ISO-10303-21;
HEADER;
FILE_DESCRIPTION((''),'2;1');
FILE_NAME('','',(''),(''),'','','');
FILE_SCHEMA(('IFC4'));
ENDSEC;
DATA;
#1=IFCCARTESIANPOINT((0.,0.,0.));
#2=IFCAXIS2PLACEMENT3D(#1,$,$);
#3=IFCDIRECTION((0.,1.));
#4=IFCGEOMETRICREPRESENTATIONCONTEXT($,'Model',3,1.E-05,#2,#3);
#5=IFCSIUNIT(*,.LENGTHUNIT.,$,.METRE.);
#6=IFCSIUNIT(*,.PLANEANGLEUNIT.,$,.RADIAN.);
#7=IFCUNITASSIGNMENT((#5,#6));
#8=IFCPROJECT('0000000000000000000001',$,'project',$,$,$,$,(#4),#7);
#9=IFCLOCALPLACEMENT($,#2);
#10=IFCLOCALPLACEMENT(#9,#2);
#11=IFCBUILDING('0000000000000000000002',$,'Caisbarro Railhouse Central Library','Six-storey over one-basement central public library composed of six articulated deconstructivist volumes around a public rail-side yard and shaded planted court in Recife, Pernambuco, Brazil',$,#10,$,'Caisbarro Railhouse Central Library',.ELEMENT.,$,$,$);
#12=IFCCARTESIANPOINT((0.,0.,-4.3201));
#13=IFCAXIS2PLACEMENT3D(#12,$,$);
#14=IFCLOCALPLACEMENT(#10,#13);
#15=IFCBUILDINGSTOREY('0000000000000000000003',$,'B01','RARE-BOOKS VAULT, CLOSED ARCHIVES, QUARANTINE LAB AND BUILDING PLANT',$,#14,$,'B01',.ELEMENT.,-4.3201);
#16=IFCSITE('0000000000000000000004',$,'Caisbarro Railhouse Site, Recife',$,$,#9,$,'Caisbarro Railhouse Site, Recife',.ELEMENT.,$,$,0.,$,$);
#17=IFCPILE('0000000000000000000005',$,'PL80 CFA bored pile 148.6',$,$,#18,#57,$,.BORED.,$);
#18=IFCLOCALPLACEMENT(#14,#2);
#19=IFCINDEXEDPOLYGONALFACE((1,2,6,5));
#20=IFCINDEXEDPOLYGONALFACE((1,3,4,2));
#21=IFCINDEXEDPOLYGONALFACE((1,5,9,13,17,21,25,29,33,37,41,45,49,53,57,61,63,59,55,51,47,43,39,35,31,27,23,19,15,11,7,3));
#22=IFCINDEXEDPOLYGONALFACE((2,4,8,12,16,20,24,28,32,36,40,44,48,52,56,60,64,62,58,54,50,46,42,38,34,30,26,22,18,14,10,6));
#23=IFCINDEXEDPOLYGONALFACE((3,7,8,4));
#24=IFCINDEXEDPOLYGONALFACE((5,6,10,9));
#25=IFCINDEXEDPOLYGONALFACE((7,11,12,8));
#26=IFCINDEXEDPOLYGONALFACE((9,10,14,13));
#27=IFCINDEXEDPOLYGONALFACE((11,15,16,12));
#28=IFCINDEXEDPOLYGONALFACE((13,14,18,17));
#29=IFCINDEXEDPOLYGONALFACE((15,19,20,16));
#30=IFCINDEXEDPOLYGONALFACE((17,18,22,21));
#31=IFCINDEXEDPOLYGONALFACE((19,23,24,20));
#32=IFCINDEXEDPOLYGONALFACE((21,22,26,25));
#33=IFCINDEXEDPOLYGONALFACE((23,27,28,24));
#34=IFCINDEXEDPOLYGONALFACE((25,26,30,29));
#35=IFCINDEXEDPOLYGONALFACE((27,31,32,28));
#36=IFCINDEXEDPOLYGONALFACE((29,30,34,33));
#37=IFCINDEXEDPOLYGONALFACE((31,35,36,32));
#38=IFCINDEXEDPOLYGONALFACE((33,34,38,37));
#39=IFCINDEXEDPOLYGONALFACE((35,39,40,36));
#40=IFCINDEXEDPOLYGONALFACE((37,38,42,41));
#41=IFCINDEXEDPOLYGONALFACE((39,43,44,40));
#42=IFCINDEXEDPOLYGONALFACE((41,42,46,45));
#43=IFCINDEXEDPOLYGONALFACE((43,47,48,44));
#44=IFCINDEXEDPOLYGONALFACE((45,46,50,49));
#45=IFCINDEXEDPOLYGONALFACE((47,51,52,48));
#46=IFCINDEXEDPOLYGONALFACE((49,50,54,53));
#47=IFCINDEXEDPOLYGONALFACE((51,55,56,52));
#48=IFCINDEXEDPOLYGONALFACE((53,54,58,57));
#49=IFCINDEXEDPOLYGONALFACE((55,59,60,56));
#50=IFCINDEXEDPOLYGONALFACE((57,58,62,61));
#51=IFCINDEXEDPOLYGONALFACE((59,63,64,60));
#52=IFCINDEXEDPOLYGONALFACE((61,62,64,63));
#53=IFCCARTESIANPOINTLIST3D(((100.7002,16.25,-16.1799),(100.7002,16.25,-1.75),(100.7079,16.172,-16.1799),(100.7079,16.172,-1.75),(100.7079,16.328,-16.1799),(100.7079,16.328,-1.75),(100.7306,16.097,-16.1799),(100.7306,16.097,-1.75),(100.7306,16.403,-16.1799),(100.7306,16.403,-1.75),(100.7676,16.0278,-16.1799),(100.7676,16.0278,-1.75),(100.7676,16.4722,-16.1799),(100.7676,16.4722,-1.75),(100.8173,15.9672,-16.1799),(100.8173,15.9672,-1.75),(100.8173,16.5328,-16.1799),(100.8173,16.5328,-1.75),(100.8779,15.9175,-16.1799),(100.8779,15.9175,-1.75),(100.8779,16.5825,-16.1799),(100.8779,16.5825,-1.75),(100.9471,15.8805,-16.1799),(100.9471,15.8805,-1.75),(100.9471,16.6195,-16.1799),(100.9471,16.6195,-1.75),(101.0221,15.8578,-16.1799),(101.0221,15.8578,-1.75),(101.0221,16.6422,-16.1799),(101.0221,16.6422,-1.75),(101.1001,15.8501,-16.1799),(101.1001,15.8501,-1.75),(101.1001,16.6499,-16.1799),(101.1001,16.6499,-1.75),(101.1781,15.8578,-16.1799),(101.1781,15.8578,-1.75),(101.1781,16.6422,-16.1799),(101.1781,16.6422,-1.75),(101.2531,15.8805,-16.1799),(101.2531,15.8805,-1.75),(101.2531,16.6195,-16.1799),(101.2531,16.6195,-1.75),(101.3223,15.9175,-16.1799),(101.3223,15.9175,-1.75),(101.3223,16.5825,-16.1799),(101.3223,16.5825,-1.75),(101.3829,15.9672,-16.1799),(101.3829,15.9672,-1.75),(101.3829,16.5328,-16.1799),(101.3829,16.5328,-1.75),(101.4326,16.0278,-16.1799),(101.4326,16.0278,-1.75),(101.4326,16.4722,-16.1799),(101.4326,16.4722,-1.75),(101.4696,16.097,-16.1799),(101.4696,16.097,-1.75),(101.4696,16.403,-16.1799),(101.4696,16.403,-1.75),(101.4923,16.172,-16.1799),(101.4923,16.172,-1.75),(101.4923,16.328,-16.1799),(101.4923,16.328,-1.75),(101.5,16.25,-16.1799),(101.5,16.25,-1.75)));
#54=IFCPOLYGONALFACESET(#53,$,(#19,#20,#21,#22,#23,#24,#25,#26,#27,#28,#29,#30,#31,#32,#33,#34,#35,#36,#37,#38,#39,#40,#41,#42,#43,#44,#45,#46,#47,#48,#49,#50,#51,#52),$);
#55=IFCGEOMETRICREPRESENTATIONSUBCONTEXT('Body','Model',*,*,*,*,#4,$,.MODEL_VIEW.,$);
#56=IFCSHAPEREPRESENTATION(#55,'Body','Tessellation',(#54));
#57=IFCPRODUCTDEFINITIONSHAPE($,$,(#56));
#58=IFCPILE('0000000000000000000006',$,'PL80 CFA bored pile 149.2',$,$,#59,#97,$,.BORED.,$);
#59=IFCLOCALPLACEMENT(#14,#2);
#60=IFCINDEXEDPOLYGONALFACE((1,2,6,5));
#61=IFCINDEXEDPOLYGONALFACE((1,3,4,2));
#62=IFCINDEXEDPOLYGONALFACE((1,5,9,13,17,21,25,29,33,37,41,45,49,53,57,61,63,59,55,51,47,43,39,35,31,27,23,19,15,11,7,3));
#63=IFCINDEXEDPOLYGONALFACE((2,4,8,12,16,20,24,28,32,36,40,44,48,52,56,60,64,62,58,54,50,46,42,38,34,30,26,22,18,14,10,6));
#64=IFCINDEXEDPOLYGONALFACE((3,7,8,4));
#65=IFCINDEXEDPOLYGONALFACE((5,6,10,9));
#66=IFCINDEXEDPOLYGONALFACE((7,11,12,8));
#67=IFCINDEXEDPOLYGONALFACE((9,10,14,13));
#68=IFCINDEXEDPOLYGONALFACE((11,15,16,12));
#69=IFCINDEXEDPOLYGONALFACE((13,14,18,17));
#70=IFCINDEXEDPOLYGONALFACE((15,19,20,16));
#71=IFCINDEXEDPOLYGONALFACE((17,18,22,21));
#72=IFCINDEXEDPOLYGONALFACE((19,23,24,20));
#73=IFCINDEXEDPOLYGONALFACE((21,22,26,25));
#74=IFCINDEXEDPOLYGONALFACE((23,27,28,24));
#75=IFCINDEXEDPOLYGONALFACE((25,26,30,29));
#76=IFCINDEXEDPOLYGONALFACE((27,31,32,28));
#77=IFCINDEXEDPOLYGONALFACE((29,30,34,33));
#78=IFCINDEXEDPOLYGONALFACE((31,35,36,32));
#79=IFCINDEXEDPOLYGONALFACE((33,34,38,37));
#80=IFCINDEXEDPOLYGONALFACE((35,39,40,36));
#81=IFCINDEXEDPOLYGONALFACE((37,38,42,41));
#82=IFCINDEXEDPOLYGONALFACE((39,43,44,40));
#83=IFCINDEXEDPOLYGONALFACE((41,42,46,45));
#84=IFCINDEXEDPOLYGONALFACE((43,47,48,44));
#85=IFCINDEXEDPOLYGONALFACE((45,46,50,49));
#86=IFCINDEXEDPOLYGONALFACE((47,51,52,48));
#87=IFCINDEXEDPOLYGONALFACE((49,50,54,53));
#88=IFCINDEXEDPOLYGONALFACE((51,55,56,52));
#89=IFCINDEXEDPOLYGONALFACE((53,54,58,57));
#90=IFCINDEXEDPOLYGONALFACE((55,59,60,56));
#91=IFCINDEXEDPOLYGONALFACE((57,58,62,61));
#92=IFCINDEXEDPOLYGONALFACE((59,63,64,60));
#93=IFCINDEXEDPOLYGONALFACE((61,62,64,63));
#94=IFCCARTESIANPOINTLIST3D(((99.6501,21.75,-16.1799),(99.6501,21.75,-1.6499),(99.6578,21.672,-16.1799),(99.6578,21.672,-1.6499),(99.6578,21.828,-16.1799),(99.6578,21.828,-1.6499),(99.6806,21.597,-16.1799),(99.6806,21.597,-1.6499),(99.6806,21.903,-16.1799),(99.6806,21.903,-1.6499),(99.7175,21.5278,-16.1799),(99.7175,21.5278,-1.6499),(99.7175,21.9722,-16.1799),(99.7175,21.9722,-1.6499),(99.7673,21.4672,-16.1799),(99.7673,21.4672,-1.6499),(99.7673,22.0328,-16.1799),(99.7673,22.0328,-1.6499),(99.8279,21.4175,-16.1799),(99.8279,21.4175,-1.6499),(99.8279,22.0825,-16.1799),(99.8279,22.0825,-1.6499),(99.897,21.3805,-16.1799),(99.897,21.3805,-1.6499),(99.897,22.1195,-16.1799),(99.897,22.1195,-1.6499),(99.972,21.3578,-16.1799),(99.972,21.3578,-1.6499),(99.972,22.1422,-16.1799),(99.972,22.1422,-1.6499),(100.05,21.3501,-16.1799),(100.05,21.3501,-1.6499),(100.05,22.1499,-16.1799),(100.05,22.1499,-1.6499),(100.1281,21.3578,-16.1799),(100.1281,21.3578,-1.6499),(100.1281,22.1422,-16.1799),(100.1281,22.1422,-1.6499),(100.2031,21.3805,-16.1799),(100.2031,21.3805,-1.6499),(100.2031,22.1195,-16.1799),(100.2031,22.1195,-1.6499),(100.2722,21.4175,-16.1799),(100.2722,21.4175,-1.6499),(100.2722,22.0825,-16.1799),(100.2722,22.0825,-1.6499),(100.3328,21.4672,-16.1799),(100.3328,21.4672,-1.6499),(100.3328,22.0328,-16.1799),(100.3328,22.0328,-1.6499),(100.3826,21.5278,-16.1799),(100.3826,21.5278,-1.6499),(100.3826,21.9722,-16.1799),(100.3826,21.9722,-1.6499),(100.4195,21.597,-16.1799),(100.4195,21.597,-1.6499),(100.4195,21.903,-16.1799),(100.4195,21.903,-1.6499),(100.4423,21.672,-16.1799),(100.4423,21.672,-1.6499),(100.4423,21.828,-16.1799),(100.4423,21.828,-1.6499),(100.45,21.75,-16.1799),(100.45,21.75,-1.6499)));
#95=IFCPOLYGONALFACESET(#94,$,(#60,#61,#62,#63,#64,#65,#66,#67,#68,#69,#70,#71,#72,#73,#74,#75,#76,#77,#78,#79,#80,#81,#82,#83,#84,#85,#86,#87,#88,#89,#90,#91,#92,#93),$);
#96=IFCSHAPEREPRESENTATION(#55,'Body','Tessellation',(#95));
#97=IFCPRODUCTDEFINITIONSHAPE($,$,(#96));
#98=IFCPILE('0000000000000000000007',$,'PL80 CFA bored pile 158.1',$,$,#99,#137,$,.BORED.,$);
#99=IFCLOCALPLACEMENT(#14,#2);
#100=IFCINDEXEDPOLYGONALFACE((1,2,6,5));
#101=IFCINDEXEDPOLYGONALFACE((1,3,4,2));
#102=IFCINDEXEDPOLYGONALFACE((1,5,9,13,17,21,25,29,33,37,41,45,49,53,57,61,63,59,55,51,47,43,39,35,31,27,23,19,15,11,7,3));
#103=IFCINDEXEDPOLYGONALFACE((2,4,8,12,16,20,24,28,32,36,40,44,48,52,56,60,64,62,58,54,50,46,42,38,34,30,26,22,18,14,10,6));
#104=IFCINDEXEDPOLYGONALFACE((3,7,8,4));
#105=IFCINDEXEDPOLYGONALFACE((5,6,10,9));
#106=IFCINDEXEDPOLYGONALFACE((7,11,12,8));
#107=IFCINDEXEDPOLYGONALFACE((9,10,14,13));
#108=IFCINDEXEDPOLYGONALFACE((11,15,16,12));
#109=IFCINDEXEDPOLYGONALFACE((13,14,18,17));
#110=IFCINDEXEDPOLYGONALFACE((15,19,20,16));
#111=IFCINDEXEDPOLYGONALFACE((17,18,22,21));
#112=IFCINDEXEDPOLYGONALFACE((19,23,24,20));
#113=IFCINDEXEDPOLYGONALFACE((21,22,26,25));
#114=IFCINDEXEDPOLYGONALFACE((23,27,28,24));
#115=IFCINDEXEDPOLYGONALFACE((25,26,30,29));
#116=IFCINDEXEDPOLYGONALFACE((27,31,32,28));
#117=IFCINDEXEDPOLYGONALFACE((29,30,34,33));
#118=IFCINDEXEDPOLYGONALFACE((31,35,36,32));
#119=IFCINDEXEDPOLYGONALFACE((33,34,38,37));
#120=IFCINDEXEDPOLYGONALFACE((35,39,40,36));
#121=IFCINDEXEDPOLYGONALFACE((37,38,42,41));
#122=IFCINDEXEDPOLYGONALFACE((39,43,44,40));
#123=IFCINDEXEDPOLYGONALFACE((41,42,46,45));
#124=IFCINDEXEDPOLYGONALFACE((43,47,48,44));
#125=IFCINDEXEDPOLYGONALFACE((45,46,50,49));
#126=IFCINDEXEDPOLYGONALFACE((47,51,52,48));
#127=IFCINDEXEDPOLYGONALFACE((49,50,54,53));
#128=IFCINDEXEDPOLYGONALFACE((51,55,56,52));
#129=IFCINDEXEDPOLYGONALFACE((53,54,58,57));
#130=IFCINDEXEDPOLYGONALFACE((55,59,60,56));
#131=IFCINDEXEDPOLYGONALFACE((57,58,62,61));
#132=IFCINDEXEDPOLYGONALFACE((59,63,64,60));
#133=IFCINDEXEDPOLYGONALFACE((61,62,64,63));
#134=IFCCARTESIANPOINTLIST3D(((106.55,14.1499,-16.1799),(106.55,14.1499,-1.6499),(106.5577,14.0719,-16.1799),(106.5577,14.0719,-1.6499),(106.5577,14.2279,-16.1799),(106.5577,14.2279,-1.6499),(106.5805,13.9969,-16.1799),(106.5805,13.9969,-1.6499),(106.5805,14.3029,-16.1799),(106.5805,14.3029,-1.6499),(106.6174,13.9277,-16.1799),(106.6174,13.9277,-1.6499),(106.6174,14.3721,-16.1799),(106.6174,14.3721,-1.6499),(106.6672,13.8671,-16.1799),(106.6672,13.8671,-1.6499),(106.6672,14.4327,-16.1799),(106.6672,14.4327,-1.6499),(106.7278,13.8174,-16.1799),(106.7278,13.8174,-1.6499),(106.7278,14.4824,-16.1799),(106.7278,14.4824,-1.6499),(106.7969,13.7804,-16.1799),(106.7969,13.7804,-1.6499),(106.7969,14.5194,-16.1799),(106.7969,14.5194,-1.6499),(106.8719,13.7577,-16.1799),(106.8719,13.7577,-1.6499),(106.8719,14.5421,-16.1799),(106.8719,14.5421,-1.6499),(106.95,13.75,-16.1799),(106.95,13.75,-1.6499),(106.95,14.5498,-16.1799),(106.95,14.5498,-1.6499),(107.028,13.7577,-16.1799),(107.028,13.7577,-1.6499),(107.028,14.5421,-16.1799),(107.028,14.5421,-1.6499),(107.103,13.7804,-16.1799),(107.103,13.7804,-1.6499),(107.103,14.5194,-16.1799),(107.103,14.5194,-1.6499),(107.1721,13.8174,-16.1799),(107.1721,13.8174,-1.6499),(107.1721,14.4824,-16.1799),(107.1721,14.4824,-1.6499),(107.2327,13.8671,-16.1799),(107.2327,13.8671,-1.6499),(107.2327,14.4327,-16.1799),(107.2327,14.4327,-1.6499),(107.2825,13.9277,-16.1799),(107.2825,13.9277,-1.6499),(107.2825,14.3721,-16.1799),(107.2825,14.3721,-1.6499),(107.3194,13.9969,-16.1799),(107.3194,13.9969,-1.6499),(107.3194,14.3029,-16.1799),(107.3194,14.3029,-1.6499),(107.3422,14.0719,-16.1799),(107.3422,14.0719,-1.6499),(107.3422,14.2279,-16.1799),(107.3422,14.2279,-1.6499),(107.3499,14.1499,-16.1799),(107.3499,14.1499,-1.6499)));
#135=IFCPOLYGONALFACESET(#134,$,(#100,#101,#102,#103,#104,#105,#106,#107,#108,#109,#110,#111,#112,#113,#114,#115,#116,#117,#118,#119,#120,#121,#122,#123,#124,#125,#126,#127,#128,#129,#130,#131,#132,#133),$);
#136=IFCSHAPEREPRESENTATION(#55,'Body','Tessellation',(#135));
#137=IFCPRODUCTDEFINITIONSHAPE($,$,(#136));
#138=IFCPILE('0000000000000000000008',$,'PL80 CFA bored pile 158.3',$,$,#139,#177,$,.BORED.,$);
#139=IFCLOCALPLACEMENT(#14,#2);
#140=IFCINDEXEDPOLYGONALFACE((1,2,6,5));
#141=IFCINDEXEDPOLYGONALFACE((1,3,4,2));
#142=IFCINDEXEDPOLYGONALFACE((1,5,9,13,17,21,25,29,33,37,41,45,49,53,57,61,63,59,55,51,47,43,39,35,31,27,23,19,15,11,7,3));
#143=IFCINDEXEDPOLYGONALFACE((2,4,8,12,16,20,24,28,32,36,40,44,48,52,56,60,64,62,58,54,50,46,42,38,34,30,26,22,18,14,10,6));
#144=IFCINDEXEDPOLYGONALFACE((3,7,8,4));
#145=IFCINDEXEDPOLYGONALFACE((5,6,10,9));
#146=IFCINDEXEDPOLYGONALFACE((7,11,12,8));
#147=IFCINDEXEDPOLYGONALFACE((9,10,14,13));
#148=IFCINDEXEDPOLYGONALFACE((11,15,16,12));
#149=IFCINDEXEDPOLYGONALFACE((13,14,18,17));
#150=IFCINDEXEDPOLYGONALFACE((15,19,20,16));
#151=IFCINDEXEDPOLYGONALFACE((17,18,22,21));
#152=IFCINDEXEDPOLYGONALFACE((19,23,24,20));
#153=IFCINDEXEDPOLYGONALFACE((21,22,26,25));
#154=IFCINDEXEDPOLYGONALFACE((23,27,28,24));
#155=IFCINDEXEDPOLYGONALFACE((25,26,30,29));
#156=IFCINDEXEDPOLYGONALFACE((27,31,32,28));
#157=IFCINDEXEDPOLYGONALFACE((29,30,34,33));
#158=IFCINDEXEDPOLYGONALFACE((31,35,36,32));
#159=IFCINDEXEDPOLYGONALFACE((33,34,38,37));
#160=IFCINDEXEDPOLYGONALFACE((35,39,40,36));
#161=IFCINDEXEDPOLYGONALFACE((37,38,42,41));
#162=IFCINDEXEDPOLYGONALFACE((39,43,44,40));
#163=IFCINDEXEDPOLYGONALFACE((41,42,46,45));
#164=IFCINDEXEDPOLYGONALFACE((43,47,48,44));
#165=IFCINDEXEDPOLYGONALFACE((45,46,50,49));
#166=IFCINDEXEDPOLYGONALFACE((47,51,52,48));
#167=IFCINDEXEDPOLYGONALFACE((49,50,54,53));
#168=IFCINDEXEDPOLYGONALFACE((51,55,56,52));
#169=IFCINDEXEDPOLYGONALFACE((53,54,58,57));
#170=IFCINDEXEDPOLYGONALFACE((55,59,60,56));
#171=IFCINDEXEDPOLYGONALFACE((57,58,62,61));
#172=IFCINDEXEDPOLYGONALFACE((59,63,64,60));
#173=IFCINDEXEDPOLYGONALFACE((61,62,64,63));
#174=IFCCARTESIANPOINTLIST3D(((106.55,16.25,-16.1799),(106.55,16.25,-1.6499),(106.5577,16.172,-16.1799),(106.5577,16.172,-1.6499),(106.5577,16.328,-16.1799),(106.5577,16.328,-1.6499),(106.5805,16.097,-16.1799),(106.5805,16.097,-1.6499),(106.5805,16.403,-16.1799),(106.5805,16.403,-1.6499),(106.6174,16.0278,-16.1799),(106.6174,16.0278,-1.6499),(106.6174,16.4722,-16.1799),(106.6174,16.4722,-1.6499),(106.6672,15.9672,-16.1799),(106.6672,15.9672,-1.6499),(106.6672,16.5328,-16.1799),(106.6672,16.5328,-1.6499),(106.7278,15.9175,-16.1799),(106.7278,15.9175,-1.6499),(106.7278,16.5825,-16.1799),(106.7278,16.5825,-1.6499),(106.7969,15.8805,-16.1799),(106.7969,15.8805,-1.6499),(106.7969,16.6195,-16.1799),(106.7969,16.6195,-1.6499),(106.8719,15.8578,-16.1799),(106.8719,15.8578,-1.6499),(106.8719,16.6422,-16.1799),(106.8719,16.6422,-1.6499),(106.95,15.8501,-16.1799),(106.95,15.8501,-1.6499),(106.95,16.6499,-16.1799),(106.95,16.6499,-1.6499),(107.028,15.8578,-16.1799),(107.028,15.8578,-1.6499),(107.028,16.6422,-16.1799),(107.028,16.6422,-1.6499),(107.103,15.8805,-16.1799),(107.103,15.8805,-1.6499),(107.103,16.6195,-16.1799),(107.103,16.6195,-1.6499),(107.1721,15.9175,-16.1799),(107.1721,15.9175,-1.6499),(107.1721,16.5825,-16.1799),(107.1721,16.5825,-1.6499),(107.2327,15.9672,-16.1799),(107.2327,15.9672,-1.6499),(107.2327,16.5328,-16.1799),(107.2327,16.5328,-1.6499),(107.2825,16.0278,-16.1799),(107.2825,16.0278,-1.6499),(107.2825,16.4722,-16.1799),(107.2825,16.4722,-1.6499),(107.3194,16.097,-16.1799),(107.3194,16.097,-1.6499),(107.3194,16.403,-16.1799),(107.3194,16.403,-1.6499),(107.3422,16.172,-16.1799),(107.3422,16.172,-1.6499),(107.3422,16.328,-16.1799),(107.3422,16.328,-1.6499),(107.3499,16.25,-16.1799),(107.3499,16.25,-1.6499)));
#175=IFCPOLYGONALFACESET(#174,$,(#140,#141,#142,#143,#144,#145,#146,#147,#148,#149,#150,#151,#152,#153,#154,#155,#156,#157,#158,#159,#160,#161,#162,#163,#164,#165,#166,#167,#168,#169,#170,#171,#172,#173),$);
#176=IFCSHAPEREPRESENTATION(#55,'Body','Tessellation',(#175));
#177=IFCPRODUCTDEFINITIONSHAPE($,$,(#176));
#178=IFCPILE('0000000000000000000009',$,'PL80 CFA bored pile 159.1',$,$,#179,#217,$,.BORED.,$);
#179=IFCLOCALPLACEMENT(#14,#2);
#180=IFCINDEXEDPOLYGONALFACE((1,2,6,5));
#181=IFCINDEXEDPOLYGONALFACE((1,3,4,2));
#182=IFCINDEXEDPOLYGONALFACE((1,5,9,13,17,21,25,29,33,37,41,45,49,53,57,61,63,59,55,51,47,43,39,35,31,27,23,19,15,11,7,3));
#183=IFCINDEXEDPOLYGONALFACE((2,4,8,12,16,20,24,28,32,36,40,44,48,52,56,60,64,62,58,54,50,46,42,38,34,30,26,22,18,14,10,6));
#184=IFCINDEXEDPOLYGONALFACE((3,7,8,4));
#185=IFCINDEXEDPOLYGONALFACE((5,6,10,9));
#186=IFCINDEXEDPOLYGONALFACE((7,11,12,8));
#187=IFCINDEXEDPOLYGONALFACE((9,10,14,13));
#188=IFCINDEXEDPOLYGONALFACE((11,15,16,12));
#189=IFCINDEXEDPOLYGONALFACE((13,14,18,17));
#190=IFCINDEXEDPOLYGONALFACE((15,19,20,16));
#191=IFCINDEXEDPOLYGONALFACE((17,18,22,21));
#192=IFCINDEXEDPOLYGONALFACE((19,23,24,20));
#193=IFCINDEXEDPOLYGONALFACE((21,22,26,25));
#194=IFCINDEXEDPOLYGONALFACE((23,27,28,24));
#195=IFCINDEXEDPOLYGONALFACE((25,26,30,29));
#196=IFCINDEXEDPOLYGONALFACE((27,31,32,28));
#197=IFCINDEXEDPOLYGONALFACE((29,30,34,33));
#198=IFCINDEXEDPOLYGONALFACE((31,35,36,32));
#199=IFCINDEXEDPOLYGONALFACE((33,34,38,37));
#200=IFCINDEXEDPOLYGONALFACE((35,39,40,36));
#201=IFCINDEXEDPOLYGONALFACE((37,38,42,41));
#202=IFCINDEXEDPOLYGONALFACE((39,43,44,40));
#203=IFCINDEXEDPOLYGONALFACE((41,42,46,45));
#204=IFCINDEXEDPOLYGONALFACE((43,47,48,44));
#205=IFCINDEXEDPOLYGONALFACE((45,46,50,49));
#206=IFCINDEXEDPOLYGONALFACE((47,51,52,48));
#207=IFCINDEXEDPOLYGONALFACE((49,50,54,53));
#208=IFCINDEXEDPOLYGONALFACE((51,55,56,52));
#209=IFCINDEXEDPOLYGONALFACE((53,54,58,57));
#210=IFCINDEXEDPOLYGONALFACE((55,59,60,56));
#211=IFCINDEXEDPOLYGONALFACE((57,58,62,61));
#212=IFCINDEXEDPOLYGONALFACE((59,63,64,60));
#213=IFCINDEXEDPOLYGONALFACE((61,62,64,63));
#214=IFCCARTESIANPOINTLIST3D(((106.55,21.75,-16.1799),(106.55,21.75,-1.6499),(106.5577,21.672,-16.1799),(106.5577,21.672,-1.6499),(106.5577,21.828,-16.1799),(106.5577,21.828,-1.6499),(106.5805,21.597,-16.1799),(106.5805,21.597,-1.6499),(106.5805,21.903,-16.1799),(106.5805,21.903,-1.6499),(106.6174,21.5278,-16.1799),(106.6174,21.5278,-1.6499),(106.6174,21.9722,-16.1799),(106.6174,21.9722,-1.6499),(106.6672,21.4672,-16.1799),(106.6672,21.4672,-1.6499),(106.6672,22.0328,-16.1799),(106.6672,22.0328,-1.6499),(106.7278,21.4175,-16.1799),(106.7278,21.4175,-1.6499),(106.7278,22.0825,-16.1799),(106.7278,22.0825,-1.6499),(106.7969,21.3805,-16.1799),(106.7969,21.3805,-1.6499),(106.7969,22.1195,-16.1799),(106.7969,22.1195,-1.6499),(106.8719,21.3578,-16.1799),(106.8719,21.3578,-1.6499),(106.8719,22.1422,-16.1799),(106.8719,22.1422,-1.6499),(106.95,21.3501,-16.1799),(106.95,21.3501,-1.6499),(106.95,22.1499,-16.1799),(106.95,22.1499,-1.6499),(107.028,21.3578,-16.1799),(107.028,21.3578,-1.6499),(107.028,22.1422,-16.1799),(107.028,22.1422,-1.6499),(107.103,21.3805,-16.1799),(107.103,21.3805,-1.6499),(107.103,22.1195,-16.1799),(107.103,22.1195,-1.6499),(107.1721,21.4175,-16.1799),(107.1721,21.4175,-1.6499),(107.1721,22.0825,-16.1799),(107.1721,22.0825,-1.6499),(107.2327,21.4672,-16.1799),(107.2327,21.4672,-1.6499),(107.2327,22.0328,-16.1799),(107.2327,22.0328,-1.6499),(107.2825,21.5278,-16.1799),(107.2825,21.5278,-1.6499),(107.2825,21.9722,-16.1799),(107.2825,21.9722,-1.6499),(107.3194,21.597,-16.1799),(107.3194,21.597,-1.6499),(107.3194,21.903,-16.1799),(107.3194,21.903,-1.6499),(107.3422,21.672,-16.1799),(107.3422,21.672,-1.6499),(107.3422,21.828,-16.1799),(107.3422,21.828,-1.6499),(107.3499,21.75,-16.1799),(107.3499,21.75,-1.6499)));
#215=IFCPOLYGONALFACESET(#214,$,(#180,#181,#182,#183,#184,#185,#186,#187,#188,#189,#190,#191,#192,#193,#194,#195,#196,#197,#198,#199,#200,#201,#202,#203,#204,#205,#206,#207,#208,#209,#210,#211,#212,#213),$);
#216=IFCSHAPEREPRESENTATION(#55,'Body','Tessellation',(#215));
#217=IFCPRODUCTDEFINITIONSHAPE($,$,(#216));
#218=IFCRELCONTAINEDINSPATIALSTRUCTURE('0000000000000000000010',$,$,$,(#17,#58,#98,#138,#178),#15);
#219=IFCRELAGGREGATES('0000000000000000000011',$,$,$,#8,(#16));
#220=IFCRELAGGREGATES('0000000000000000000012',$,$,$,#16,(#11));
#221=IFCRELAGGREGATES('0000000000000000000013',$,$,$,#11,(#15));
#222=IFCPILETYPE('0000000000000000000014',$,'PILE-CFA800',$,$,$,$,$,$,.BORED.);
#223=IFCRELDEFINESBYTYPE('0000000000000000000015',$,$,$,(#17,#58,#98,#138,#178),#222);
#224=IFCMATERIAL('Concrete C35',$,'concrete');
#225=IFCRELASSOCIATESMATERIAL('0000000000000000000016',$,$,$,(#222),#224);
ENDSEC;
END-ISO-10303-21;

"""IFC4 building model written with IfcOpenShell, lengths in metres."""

from ifc_helpers import new_model, si_unit, direction, frame, origin, origin_2d, place, context, subcontext, project, spatial, circle, extrude, material, material_profile, profile_set, type_object, element, save


model = new_model("IFC4")

# Units and contexts
model_context = context("Model", 3, precision=1e-05, world=origin(), true_north=direction((0.0, 1.0)))
body_context = subcontext(model_context, "Body", "Model", "MODEL_VIEW")
ifc_project = project(units=[si_unit("LENGTHUNIT", "METRE"), si_unit("PLANEANGLEUNIT", "RADIAN")], contexts=[model_context])

# Site, building, storey
site_placement = place(None, origin())
site = spatial("IfcSite", under=ifc_project, at=site_placement, Name="Caisbarro Railhouse Site, Recife", LongName="Caisbarro Railhouse Site, Recife", CompositionType="ELEMENT", RefElevation=0.0)
building_placement = place(site_placement, origin())
building = spatial("IfcBuilding", under=site, at=building_placement, Name="Caisbarro Railhouse Central Library", Description="Six-storey over one-basement central public library composed of six articulated deconstructivist volumes around a public rail-side yard and shaded planted court in Recife, Pernambuco, Brazil", LongName="Caisbarro Railhouse Central Library", CompositionType="ELEMENT")
storey_placement = place(building_placement, frame((0.0, 0.0, -4.3201)))
storey = spatial("IfcBuildingStorey", under=building, at=storey_placement, Name="B01", Description="RARE-BOOKS VAULT, CLOSED ARCHIVES, QUARANTINE LAB AND BUILDING PLANT", LongName="B01", CompositionType="ELEMENT", Elevation=-4.3201)

# Piles
ifc_material_1 = material(Name="Concrete C35", Category="concrete")
ifc_material_profile_1 = material_profile(ifc_material_1, circle(Radius=0.3999, at=origin_2d()), Name="PILE-CFA-800")
ifc_profile_set_1 = profile_set([ifc_material_profile_1], Name="Concrete C35")
pile_type = type_object("IfcPileType", Name="PILE-CFA800", PredefinedType="BORED", material=ifc_profile_set_1)
pile_placement = place(storey_placement, frame((101.1001, 16.25, -1.75), z_axis=(0.0, 0.0, -1.0), x_axis=(1.0, 0.0, 0.0)))
element("IfcPile", 1, at=pile_placement, inside=storey, type_object=pile_type, Name="PL80 CFA bored pile 148.6", PredefinedType="BORED", context=body_context, shape_type="SweptSolid", body=[
    extrude(circle(Radius=0.3999, at=origin_2d()), origin(), (0.0, 0.0, 1.0), 14.4299),
])
for number, where, z_axis, x_axis, name in (
    (2, (100.05, 21.75, -1.6499), (0.0, 0.0, -1.0), (1.0, 0.0, 0.0), "PL80 CFA bored pile 149.2"),
    (3, (106.95, 14.1499, -1.6499), (0.0, 0.0, -1.0), (1.0, 0.0, 0.0), "PL80 CFA bored pile 158.1"),
    (4, (106.95, 16.25, -1.6499), (0.0, 0.0, -1.0), (1.0, 0.0, 0.0), "PL80 CFA bored pile 158.3"),
    (5, (106.95, 21.75, -1.6499), (0.0, 0.0, -1.0), (1.0, 0.0, 0.0), "PL80 CFA bored pile 159.1"),
):
    element("IfcPile", number, at=place(storey_placement, frame(where, z_axis=z_axis, x_axis=x_axis)), inside=storey, type_object=pile_type, Name=name, PredefinedType="BORED", context=body_context, shape_type="SweptSolid", body=[
        extrude(circle(Radius=0.3999, at=origin_2d()), origin(), (0.0, 0.0, 1.0), 14.53),
    ])

save(model, "model.ifc")
